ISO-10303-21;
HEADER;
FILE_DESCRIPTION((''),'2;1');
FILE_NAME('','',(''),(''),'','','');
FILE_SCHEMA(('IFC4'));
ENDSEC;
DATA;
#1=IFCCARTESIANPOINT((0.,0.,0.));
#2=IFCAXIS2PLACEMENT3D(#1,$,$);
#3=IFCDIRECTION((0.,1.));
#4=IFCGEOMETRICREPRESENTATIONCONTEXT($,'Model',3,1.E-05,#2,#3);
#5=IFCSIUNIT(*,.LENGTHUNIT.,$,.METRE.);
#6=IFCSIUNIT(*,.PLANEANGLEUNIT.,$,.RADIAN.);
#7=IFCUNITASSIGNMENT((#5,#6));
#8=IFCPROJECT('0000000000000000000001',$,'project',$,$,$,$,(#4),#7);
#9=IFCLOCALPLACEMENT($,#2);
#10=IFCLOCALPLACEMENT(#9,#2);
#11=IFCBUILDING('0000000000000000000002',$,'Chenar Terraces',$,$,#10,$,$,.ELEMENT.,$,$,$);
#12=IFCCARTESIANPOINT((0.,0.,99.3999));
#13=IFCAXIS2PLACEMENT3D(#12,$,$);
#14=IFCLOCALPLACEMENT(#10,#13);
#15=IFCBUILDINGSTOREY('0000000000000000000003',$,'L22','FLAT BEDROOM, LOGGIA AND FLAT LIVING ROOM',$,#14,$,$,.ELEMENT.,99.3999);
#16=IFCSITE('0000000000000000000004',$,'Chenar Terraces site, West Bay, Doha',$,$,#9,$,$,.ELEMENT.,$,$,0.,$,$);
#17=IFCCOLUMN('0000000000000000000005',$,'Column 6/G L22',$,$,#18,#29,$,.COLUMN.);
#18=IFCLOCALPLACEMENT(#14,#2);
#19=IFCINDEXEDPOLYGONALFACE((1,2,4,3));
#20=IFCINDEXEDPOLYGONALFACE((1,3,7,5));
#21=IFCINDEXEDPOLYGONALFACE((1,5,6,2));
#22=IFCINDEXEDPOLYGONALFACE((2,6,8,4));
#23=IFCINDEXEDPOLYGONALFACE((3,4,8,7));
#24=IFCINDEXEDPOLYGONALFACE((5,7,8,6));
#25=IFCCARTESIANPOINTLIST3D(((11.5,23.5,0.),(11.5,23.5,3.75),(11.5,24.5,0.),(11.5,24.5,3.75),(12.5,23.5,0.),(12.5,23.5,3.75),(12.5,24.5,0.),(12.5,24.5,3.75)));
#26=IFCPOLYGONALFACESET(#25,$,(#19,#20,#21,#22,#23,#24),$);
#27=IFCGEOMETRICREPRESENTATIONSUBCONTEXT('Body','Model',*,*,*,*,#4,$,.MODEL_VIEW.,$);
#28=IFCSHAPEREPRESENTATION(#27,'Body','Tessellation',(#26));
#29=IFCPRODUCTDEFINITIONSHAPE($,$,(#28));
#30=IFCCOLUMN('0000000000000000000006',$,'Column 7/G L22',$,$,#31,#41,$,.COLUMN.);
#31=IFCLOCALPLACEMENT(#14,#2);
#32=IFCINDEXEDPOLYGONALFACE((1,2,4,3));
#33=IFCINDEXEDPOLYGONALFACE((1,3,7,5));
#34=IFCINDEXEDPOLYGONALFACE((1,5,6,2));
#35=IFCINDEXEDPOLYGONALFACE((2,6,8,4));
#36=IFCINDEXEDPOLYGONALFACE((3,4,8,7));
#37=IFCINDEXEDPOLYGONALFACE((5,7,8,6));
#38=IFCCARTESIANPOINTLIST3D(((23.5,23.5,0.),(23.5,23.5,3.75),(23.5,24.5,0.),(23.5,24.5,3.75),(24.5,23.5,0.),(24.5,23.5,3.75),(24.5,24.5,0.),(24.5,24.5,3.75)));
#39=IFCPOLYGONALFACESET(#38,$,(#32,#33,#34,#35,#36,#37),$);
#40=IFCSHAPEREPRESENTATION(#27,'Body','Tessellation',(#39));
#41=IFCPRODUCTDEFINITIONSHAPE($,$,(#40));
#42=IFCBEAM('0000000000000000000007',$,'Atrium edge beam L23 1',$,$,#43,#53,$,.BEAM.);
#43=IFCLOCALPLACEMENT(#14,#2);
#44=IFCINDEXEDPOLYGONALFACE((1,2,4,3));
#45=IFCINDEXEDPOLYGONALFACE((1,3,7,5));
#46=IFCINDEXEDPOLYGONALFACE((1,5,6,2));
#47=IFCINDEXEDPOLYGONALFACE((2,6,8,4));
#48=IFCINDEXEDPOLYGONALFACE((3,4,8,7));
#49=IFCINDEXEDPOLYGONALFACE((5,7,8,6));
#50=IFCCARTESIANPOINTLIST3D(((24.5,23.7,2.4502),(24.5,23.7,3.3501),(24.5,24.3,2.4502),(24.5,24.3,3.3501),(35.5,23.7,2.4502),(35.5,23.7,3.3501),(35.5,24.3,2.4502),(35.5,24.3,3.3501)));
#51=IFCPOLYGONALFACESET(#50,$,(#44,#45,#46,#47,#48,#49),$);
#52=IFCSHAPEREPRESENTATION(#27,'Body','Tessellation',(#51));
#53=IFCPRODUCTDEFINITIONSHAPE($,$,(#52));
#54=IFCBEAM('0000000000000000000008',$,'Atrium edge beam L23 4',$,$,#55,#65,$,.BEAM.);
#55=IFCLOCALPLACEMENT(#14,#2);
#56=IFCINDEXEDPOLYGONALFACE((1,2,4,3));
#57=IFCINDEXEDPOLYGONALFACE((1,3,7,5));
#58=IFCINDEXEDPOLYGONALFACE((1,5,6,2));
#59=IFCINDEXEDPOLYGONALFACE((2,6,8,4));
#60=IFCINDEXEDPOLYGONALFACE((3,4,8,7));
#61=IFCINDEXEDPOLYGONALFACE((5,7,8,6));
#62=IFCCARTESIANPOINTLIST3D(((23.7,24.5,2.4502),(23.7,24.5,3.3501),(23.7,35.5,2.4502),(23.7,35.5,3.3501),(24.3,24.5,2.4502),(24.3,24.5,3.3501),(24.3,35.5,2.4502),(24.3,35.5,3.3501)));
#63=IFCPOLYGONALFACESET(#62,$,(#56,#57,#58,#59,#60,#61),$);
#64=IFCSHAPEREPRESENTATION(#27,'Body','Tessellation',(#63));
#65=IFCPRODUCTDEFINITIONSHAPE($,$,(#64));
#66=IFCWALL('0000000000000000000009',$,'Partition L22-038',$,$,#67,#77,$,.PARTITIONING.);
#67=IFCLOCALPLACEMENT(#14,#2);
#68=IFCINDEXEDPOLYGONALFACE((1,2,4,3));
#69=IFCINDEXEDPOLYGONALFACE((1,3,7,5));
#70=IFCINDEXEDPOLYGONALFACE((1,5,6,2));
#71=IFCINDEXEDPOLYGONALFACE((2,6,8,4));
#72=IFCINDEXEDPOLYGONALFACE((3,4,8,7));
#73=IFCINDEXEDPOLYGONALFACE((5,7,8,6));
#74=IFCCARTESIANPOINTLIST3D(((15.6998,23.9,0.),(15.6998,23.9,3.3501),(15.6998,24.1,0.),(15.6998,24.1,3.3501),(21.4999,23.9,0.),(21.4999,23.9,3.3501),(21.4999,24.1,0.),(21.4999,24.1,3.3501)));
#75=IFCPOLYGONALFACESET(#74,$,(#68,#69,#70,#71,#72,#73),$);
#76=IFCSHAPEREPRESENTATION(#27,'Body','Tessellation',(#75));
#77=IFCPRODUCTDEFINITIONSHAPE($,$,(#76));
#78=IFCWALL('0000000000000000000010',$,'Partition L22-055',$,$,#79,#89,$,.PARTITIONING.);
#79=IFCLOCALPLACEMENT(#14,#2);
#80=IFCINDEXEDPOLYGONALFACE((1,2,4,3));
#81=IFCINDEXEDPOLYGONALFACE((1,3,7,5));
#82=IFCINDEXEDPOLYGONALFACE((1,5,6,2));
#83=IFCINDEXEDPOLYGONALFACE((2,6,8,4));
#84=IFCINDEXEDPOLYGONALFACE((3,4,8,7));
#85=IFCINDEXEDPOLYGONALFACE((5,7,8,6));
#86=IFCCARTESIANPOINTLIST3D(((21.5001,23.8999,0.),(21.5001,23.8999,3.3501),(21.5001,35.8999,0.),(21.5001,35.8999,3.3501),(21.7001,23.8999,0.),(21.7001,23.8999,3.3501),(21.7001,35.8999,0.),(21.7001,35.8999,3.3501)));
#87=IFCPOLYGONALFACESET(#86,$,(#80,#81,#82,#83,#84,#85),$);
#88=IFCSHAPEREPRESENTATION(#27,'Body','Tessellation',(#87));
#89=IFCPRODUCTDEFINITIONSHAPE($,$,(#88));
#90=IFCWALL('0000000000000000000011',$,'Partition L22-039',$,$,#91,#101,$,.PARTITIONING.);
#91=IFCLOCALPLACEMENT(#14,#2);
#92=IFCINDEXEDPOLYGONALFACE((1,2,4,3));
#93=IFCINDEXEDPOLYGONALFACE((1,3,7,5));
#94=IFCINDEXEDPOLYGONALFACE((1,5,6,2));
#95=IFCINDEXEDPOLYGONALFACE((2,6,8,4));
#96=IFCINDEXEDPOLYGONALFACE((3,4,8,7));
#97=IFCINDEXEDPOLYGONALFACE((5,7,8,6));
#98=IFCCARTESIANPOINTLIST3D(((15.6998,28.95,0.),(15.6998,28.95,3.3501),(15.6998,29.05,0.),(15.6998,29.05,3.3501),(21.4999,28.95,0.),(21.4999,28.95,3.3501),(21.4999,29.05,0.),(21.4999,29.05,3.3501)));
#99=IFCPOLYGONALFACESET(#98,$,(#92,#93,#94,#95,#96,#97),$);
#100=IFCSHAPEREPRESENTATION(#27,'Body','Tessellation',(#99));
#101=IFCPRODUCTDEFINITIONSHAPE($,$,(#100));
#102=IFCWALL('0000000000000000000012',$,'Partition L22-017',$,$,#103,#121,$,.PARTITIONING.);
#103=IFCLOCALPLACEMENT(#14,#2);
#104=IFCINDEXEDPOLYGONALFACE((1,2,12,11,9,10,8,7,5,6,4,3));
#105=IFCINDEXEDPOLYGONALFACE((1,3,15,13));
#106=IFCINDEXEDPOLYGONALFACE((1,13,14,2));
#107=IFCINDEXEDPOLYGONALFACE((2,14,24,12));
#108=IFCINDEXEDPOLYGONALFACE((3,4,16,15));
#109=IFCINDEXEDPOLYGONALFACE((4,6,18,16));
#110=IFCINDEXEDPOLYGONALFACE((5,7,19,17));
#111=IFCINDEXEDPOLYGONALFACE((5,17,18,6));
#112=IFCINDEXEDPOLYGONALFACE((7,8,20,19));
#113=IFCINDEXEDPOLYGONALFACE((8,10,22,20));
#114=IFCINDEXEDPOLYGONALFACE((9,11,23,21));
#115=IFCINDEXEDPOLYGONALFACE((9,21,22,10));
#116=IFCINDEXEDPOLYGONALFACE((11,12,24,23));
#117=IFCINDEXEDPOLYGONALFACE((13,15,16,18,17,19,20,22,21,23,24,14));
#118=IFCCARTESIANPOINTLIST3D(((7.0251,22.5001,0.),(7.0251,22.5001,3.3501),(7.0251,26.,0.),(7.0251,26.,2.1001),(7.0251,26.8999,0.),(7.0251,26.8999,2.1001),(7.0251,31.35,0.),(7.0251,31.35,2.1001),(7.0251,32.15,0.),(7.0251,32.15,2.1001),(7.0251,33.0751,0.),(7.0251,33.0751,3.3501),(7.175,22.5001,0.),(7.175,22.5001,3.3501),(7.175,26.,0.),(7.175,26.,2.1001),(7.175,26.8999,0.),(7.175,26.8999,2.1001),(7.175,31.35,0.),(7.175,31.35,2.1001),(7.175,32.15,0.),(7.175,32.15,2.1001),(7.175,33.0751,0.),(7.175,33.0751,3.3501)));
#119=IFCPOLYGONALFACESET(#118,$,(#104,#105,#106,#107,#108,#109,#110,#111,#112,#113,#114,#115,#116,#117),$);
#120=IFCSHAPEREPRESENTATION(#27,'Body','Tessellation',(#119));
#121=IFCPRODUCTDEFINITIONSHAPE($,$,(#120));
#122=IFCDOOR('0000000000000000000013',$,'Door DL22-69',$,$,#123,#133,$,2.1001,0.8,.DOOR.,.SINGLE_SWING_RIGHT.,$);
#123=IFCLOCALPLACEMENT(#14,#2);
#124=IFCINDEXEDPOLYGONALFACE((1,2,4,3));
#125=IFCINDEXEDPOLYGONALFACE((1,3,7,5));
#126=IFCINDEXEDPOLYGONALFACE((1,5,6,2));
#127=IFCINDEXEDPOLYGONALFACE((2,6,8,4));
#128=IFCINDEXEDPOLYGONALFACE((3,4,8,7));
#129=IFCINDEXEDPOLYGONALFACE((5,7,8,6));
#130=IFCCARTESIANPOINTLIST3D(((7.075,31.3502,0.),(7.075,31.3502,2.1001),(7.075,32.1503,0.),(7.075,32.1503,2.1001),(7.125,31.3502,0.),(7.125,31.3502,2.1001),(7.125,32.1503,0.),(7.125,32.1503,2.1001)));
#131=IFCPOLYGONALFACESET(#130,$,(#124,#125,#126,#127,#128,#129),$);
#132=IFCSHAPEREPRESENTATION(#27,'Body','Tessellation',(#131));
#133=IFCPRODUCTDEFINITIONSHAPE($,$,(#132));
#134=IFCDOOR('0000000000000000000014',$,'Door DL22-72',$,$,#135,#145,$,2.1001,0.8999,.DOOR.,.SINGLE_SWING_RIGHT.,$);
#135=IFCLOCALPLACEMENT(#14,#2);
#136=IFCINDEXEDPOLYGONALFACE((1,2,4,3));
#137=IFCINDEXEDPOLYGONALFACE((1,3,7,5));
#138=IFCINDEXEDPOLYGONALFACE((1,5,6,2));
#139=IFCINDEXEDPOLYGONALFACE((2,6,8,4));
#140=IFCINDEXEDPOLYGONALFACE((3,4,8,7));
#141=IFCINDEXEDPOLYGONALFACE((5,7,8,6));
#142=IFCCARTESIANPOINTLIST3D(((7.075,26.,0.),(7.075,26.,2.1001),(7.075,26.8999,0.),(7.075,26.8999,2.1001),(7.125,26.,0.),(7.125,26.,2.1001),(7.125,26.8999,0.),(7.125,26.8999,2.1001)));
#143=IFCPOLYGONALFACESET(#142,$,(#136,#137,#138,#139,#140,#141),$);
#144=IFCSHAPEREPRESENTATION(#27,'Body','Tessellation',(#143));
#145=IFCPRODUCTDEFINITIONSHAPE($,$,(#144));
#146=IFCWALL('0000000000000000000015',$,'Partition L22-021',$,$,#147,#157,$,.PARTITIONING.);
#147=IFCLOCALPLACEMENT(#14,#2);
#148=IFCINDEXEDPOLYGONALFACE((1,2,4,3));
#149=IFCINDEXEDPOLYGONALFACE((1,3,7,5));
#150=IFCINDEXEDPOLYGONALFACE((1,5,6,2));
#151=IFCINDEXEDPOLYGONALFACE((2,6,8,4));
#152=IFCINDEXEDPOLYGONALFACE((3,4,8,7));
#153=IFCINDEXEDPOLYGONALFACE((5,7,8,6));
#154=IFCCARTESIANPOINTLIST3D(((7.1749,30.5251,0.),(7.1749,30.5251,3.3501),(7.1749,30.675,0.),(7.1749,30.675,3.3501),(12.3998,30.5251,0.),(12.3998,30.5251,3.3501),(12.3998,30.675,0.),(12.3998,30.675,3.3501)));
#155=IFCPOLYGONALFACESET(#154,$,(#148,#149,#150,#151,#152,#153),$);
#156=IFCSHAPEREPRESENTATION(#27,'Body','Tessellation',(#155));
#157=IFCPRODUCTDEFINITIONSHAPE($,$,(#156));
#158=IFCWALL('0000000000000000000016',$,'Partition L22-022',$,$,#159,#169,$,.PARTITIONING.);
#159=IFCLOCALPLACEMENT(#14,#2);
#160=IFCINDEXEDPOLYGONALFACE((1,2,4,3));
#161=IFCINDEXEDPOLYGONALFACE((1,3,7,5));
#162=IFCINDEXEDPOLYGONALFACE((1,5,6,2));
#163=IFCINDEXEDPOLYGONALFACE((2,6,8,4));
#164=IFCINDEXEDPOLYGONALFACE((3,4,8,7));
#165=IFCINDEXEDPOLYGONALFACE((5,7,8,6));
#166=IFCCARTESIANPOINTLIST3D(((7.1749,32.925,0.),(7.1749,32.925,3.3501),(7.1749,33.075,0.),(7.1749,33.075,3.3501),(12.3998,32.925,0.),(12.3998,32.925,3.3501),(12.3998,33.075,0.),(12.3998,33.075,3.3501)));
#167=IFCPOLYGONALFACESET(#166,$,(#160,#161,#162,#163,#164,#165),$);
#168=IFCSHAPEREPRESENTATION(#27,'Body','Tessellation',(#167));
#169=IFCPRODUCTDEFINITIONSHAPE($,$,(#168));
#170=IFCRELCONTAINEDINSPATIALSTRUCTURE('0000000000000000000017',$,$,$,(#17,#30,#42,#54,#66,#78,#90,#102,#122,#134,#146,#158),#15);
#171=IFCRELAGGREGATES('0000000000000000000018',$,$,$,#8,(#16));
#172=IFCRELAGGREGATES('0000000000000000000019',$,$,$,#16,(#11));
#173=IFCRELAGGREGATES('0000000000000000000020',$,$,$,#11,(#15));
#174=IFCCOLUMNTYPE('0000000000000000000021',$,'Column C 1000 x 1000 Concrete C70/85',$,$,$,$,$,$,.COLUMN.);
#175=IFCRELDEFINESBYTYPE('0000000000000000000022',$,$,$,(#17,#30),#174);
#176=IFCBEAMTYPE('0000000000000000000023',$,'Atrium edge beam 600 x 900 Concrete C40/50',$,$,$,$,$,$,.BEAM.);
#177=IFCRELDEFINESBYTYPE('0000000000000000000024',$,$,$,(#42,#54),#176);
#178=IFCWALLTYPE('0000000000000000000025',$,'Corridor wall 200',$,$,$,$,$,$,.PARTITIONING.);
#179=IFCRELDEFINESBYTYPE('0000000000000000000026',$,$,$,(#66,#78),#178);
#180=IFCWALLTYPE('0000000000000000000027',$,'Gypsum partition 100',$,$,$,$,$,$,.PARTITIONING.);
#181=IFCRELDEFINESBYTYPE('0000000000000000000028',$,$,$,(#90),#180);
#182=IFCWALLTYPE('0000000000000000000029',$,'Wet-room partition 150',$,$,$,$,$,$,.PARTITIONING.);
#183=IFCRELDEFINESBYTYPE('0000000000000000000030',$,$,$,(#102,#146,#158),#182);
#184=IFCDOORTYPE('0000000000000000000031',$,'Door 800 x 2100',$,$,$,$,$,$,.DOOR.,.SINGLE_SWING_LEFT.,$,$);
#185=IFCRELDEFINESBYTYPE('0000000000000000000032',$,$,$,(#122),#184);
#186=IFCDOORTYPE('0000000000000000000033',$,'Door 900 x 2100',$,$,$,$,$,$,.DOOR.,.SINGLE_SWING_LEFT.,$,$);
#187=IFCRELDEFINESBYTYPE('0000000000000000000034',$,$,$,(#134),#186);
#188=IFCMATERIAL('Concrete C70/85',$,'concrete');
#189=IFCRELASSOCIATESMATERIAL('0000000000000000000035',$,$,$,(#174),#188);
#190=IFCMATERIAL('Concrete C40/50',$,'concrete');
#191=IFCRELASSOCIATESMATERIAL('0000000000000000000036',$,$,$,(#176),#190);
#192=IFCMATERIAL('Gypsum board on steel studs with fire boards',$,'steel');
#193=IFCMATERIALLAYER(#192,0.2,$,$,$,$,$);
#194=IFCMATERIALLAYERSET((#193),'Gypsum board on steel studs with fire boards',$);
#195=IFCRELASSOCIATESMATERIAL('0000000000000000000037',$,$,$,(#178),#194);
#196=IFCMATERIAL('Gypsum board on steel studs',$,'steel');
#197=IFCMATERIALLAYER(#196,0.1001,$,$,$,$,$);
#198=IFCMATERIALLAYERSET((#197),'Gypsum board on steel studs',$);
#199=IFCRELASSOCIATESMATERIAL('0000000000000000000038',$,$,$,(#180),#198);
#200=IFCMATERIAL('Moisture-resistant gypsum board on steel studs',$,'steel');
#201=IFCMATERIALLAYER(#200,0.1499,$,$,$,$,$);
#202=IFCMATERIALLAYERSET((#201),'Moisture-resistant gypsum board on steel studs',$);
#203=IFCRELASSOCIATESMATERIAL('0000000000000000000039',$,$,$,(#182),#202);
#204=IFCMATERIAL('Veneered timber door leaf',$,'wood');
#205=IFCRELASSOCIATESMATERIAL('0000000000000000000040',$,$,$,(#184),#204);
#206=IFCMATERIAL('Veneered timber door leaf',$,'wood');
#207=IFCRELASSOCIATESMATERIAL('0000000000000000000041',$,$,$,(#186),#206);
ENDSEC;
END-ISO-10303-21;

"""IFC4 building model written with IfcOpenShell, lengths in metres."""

from ifc_helpers import new_model, si_unit, direction, frame, frame_2d, origin, origin_2d, place, context, subcontext, project, spatial, rectangle, extrude, material, layer, layer_set, material_profile, profile_set, type_object, element, fill, save


model = new_model("IFC4")

# Units and contexts
model_context = context("Model", 3, precision=1e-05, world=origin(), true_north=direction((0.0, 1.0)))
body_context = subcontext(model_context, "Body", "Model", "MODEL_VIEW")
ifc_project = project(units=[si_unit("LENGTHUNIT", "METRE"), si_unit("PLANEANGLEUNIT", "RADIAN")], contexts=[model_context])

# Site, building, storey
site_placement = place(None, origin())
site = spatial("IfcSite", under=ifc_project, at=site_placement, Name="Chenar Terraces site, West Bay, Doha", CompositionType="ELEMENT", RefElevation=0.0)
building_placement = place(site_placement, origin())
building = spatial("IfcBuilding", under=site, at=building_placement, Name="Chenar Terraces", CompositionType="ELEMENT")
storey_placement = place(building_placement, frame((0.0, 0.0, 99.3999)))
storey = spatial("IfcBuildingStorey", under=building, at=storey_placement, Name="L22", Description="FLAT BEDROOM, LOGGIA AND FLAT LIVING ROOM", CompositionType="ELEMENT", Elevation=99.3999)

# Columns
ifc_material_1 = material(Name="Concrete C70/85", Category="concrete")
ifc_material_profile_1 = material_profile(ifc_material_1, rectangle(XDim=1.0, YDim=1.0, at=origin_2d()), Name="C 1000 x 1000")
ifc_profile_set_1 = profile_set([ifc_material_profile_1], Name="Concrete C70/85")
column_type = type_object("IfcColumnType", Name="Column C 1000 x 1000 Concrete C70/85", PredefinedType="COLUMN", material=ifc_profile_set_1)
for number, where, z_axis, x_axis, name in (
    (1, (12.0, 24.0, 0.0), (0.0, 0.0, 1.0), (1.0, 0.0, 0.0), "Column 6/G L22"),
    (2, (24.0, 24.0, 0.0), (0.0, 0.0, 1.0), (1.0, 0.0, 0.0), "Column 7/G L22"),
):
    element("IfcColumn", number, at=place(storey_placement, frame(where, z_axis=z_axis, x_axis=x_axis)), inside=storey, type_object=column_type, Name=name, PredefinedType="COLUMN", context=body_context, shape_type="SweptSolid", body=[
        extrude(rectangle(XDim=1.0, YDim=1.0, at=origin_2d()), origin(), (0.0, 0.0, 1.0), 3.75),
    ])

# Beams
ifc_material_2 = material(Name="Concrete C40/50", Category="concrete")
ifc_material_profile_2 = material_profile(ifc_material_2, rectangle(XDim=0.6001, YDim=0.8999, at=origin_2d()), Name="RC 600 x 900")
ifc_profile_set_2 = profile_set([ifc_material_profile_2], Name="Concrete C40/50")
beam_type = type_object("IfcBeamType", Name="Atrium edge beam 600 x 900 Concrete C40/50", PredefinedType="BEAM", material=ifc_profile_set_2)
for number, where, z_axis, x_axis, name in (
    (3, (24.5, 24.0, 2.9001), (1.0, 0.0, 0.0), (0.0, 1.0, 0.0), "Atrium edge beam L23 1"),
    (4, (24.0, 35.5, 2.9001), (0.0, -1.0, 0.0), (1.0, 0.0, 0.0), "Atrium edge beam L23 4"),
):
    element("IfcBeam", number, at=place(storey_placement, frame(where, z_axis=z_axis, x_axis=x_axis)), inside=storey, type_object=beam_type, Name=name, PredefinedType="BEAM", context=body_context, shape_type="SweptSolid", body=[
        extrude(rectangle(XDim=0.6001, YDim=0.8999, at=origin_2d()), origin(), (0.0, 0.0, 1.0), 11.0),
    ])

# Walls
ifc_material_3 = material(Name="Gypsum board on steel studs with fire boards", Category="steel")
ifc_layer_1 = layer(ifc_material_3, 0.2)
ifc_layer_set_1 = layer_set([ifc_layer_1], Name="Gypsum board on steel studs with fire boards")
wall_type_1 = type_object("IfcWallType", Name="Corridor wall 200", PredefinedType="PARTITIONING", material=ifc_layer_set_1)
wall_1_placement = place(storey_placement, frame((15.7, 24.0, 0.0), z_axis=(0.0, 0.0, 1.0), x_axis=(1.0, 0.0, 0.0)))
element("IfcWall", 5, at=wall_1_placement, inside=storey, type_object=wall_type_1, Name="Partition L22-038", PredefinedType="PARTITIONING", context=body_context, shape_type="SweptSolid", body=[
    extrude(rectangle(XDim=5.8, YDim=0.2, at=frame_2d((2.8999, 0.0))), origin(), (0.0, 0.0, 1.0), 3.3501),
])
wall_2_placement = place(storey_placement, frame((21.6001, 23.8999, 0.0), z_axis=(0.0, 0.0, 1.0), x_axis=(0.0, 1.0, 0.0)))
element("IfcWall", 6, at=wall_2_placement, inside=storey, type_object=wall_type_1, Name="Partition L22-055", PredefinedType="PARTITIONING", context=body_context, shape_type="SweptSolid", body=[
    extrude(rectangle(XDim=12.0, YDim=0.2, at=frame_2d((6.0, 0.0))), origin(), (0.0, 0.0, 1.0), 3.3501),
])
ifc_material_4 = material(Name="Gypsum board on steel studs", Category="steel")
ifc_layer_2 = layer(ifc_material_4, 0.1001)
ifc_layer_set_2 = layer_set([ifc_layer_2], Name="Gypsum board on steel studs")
wall_type_2 = type_object("IfcWallType", Name="Gypsum partition 100", PredefinedType="PARTITIONING", material=ifc_layer_set_2)
wall_3_placement = place(storey_placement, frame((15.7, 29.0, 0.0), z_axis=(0.0, 0.0, 1.0), x_axis=(1.0, 0.0, 0.0)))
element("IfcWall", 7, at=wall_3_placement, inside=storey, type_object=wall_type_2, Name="Partition L22-039", PredefinedType="PARTITIONING", context=body_context, shape_type="SweptSolid", body=[
    extrude(rectangle(XDim=5.8, YDim=0.1001, at=frame_2d((2.8999, 0.0))), origin(), (0.0, 0.0, 1.0), 3.3501),
])

# Wall, openings, doors
ifc_material_5 = material(Name="Moisture-resistant gypsum board on steel studs", Category="steel")
ifc_layer_3 = layer(ifc_material_5, 0.1499)
ifc_layer_set_3 = layer_set([ifc_layer_3], Name="Moisture-resistant gypsum board on steel studs")
wall_type_3 = type_object("IfcWallType", Name="Wet-room partition 150", PredefinedType="PARTITIONING", material=ifc_layer_set_3)
wall_4_placement = place(storey_placement, frame((7.1001, 22.5, 0.0), z_axis=(0.0, 0.0, 1.0), x_axis=(0.0, 1.0, 0.0)))
wall_4 = element("IfcWall", 8, at=wall_4_placement, inside=storey, type_object=wall_type_3, Name="Partition L22-017", PredefinedType="PARTITIONING", context=body_context, shape_type="SweptSolid", body=[
    extrude(rectangle(XDim=10.575, YDim=0.1499, at=frame_2d((5.2876, 0.0))), origin(), (0.0, 0.0, 1.0), 3.3501),
])
opening_1_placement = place(wall_4_placement, frame((8.8501, 0.0, 0.0)))
opening_1 = element("IfcOpeningElement", 9, at=opening_1_placement, cuts=wall_4, PredefinedType="OPENING", context=body_context, shape_type="SweptSolid", body=[
    extrude(rectangle(XDim=0.8, YDim=2.1001, at=frame_2d((0.3999, 1.05))), frame((0.0, 0.085, 0.0), z_axis=(0.0, -1.0, 0.0), x_axis=(1.0, 0.0, 0.0)), (0.0, 0.0, 1.0), 0.1699),
])
opening_2_placement = place(wall_4_placement, frame((3.5, 0.0, 0.0)))
opening_2 = element("IfcOpeningElement", 10, at=opening_2_placement, cuts=wall_4, PredefinedType="OPENING", context=body_context, shape_type="SweptSolid", body=[
    extrude(rectangle(XDim=0.8999, YDim=2.1001, at=frame_2d((0.45, 1.05))), frame((0.0, 0.085, 0.0), z_axis=(0.0, -1.0, 0.0), x_axis=(1.0, 0.0, 0.0)), (0.0, 0.0, 1.0), 0.1699),
])
ifc_material_6 = material(Name="Veneered timber door leaf", Category="wood")
door_type_1 = type_object("IfcDoorType", Name="Door 800 x 2100", OperationType="SINGLE_SWING_LEFT", PredefinedType="DOOR", material=ifc_material_6)
door_1_placement = place(opening_1_placement, frame((0.8, 0.0, 0.0), z_axis=(0.0, 0.0, 1.0), x_axis=(-1.0, 0.0, 0.0)))
door_1 = element("IfcDoor", 11, at=door_1_placement, inside=storey, type_object=door_type_1, Name="Door DL22-69", OperationType="SINGLE_SWING_RIGHT", OverallHeight=2.1001, OverallWidth=0.8, PredefinedType="DOOR", context=body_context, shape_type="SweptSolid", body=[
    extrude(rectangle(XDim=0.8, YDim=2.1001, at=frame_2d((0.3999, 1.05))), frame((0.0, 0.0249, 0.0), z_axis=(0.0, -1.0, 0.0), x_axis=(1.0, 0.0, 0.0)), (0.0, 0.0, 1.0), 0.05),
])
fill(opening_1, door_1)
ifc_material_7 = material(Name="Veneered timber door leaf", Category="wood")
door_type_2 = type_object("IfcDoorType", Name="Door 900 x 2100", OperationType="SINGLE_SWING_LEFT", PredefinedType="DOOR", material=ifc_material_7)
door_2_placement = place(opening_2_placement, frame((0.8999, 0.0, 0.0), z_axis=(0.0, 0.0, 1.0), x_axis=(-1.0, 0.0, 0.0)))
door_2 = element("IfcDoor", 12, at=door_2_placement, inside=storey, type_object=door_type_2, Name="Door DL22-72", OperationType="SINGLE_SWING_RIGHT", OverallHeight=2.1001, OverallWidth=0.8999, PredefinedType="DOOR", context=body_context, shape_type="SweptSolid", body=[
    extrude(rectangle(XDim=0.8999, YDim=2.1001, at=frame_2d((0.45, 1.05))), frame((0.0, 0.0249, 0.0), z_axis=(0.0, -1.0, 0.0), x_axis=(1.0, 0.0, 0.0)), (0.0, 0.0, 1.0), 0.05),
])
fill(opening_2, door_2)

# Walls
for number, where, z_axis, x_axis, name in (
    (13, (7.175, 30.6001, 0.0), (0.0, 0.0, 1.0), (1.0, 0.0, 0.0), "Partition L22-021"),
    (14, (7.175, 33.0, 0.0), (0.0, 0.0, 1.0), (1.0, 0.0, 0.0), "Partition L22-022"),
):
    element("IfcWall", number, at=place(storey_placement, frame(where, z_axis=z_axis, x_axis=x_axis)), inside=storey, type_object=wall_type_3, Name=name, PredefinedType="PARTITIONING", context=body_context, shape_type="SweptSolid", body=[
        extrude(rectangle(XDim=5.2249, YDim=0.1499, at=frame_2d((2.6123, 0.0))), origin(), (0.0, 0.0, 1.0), 3.3501),
    ])

save(model, "model.ifc")
